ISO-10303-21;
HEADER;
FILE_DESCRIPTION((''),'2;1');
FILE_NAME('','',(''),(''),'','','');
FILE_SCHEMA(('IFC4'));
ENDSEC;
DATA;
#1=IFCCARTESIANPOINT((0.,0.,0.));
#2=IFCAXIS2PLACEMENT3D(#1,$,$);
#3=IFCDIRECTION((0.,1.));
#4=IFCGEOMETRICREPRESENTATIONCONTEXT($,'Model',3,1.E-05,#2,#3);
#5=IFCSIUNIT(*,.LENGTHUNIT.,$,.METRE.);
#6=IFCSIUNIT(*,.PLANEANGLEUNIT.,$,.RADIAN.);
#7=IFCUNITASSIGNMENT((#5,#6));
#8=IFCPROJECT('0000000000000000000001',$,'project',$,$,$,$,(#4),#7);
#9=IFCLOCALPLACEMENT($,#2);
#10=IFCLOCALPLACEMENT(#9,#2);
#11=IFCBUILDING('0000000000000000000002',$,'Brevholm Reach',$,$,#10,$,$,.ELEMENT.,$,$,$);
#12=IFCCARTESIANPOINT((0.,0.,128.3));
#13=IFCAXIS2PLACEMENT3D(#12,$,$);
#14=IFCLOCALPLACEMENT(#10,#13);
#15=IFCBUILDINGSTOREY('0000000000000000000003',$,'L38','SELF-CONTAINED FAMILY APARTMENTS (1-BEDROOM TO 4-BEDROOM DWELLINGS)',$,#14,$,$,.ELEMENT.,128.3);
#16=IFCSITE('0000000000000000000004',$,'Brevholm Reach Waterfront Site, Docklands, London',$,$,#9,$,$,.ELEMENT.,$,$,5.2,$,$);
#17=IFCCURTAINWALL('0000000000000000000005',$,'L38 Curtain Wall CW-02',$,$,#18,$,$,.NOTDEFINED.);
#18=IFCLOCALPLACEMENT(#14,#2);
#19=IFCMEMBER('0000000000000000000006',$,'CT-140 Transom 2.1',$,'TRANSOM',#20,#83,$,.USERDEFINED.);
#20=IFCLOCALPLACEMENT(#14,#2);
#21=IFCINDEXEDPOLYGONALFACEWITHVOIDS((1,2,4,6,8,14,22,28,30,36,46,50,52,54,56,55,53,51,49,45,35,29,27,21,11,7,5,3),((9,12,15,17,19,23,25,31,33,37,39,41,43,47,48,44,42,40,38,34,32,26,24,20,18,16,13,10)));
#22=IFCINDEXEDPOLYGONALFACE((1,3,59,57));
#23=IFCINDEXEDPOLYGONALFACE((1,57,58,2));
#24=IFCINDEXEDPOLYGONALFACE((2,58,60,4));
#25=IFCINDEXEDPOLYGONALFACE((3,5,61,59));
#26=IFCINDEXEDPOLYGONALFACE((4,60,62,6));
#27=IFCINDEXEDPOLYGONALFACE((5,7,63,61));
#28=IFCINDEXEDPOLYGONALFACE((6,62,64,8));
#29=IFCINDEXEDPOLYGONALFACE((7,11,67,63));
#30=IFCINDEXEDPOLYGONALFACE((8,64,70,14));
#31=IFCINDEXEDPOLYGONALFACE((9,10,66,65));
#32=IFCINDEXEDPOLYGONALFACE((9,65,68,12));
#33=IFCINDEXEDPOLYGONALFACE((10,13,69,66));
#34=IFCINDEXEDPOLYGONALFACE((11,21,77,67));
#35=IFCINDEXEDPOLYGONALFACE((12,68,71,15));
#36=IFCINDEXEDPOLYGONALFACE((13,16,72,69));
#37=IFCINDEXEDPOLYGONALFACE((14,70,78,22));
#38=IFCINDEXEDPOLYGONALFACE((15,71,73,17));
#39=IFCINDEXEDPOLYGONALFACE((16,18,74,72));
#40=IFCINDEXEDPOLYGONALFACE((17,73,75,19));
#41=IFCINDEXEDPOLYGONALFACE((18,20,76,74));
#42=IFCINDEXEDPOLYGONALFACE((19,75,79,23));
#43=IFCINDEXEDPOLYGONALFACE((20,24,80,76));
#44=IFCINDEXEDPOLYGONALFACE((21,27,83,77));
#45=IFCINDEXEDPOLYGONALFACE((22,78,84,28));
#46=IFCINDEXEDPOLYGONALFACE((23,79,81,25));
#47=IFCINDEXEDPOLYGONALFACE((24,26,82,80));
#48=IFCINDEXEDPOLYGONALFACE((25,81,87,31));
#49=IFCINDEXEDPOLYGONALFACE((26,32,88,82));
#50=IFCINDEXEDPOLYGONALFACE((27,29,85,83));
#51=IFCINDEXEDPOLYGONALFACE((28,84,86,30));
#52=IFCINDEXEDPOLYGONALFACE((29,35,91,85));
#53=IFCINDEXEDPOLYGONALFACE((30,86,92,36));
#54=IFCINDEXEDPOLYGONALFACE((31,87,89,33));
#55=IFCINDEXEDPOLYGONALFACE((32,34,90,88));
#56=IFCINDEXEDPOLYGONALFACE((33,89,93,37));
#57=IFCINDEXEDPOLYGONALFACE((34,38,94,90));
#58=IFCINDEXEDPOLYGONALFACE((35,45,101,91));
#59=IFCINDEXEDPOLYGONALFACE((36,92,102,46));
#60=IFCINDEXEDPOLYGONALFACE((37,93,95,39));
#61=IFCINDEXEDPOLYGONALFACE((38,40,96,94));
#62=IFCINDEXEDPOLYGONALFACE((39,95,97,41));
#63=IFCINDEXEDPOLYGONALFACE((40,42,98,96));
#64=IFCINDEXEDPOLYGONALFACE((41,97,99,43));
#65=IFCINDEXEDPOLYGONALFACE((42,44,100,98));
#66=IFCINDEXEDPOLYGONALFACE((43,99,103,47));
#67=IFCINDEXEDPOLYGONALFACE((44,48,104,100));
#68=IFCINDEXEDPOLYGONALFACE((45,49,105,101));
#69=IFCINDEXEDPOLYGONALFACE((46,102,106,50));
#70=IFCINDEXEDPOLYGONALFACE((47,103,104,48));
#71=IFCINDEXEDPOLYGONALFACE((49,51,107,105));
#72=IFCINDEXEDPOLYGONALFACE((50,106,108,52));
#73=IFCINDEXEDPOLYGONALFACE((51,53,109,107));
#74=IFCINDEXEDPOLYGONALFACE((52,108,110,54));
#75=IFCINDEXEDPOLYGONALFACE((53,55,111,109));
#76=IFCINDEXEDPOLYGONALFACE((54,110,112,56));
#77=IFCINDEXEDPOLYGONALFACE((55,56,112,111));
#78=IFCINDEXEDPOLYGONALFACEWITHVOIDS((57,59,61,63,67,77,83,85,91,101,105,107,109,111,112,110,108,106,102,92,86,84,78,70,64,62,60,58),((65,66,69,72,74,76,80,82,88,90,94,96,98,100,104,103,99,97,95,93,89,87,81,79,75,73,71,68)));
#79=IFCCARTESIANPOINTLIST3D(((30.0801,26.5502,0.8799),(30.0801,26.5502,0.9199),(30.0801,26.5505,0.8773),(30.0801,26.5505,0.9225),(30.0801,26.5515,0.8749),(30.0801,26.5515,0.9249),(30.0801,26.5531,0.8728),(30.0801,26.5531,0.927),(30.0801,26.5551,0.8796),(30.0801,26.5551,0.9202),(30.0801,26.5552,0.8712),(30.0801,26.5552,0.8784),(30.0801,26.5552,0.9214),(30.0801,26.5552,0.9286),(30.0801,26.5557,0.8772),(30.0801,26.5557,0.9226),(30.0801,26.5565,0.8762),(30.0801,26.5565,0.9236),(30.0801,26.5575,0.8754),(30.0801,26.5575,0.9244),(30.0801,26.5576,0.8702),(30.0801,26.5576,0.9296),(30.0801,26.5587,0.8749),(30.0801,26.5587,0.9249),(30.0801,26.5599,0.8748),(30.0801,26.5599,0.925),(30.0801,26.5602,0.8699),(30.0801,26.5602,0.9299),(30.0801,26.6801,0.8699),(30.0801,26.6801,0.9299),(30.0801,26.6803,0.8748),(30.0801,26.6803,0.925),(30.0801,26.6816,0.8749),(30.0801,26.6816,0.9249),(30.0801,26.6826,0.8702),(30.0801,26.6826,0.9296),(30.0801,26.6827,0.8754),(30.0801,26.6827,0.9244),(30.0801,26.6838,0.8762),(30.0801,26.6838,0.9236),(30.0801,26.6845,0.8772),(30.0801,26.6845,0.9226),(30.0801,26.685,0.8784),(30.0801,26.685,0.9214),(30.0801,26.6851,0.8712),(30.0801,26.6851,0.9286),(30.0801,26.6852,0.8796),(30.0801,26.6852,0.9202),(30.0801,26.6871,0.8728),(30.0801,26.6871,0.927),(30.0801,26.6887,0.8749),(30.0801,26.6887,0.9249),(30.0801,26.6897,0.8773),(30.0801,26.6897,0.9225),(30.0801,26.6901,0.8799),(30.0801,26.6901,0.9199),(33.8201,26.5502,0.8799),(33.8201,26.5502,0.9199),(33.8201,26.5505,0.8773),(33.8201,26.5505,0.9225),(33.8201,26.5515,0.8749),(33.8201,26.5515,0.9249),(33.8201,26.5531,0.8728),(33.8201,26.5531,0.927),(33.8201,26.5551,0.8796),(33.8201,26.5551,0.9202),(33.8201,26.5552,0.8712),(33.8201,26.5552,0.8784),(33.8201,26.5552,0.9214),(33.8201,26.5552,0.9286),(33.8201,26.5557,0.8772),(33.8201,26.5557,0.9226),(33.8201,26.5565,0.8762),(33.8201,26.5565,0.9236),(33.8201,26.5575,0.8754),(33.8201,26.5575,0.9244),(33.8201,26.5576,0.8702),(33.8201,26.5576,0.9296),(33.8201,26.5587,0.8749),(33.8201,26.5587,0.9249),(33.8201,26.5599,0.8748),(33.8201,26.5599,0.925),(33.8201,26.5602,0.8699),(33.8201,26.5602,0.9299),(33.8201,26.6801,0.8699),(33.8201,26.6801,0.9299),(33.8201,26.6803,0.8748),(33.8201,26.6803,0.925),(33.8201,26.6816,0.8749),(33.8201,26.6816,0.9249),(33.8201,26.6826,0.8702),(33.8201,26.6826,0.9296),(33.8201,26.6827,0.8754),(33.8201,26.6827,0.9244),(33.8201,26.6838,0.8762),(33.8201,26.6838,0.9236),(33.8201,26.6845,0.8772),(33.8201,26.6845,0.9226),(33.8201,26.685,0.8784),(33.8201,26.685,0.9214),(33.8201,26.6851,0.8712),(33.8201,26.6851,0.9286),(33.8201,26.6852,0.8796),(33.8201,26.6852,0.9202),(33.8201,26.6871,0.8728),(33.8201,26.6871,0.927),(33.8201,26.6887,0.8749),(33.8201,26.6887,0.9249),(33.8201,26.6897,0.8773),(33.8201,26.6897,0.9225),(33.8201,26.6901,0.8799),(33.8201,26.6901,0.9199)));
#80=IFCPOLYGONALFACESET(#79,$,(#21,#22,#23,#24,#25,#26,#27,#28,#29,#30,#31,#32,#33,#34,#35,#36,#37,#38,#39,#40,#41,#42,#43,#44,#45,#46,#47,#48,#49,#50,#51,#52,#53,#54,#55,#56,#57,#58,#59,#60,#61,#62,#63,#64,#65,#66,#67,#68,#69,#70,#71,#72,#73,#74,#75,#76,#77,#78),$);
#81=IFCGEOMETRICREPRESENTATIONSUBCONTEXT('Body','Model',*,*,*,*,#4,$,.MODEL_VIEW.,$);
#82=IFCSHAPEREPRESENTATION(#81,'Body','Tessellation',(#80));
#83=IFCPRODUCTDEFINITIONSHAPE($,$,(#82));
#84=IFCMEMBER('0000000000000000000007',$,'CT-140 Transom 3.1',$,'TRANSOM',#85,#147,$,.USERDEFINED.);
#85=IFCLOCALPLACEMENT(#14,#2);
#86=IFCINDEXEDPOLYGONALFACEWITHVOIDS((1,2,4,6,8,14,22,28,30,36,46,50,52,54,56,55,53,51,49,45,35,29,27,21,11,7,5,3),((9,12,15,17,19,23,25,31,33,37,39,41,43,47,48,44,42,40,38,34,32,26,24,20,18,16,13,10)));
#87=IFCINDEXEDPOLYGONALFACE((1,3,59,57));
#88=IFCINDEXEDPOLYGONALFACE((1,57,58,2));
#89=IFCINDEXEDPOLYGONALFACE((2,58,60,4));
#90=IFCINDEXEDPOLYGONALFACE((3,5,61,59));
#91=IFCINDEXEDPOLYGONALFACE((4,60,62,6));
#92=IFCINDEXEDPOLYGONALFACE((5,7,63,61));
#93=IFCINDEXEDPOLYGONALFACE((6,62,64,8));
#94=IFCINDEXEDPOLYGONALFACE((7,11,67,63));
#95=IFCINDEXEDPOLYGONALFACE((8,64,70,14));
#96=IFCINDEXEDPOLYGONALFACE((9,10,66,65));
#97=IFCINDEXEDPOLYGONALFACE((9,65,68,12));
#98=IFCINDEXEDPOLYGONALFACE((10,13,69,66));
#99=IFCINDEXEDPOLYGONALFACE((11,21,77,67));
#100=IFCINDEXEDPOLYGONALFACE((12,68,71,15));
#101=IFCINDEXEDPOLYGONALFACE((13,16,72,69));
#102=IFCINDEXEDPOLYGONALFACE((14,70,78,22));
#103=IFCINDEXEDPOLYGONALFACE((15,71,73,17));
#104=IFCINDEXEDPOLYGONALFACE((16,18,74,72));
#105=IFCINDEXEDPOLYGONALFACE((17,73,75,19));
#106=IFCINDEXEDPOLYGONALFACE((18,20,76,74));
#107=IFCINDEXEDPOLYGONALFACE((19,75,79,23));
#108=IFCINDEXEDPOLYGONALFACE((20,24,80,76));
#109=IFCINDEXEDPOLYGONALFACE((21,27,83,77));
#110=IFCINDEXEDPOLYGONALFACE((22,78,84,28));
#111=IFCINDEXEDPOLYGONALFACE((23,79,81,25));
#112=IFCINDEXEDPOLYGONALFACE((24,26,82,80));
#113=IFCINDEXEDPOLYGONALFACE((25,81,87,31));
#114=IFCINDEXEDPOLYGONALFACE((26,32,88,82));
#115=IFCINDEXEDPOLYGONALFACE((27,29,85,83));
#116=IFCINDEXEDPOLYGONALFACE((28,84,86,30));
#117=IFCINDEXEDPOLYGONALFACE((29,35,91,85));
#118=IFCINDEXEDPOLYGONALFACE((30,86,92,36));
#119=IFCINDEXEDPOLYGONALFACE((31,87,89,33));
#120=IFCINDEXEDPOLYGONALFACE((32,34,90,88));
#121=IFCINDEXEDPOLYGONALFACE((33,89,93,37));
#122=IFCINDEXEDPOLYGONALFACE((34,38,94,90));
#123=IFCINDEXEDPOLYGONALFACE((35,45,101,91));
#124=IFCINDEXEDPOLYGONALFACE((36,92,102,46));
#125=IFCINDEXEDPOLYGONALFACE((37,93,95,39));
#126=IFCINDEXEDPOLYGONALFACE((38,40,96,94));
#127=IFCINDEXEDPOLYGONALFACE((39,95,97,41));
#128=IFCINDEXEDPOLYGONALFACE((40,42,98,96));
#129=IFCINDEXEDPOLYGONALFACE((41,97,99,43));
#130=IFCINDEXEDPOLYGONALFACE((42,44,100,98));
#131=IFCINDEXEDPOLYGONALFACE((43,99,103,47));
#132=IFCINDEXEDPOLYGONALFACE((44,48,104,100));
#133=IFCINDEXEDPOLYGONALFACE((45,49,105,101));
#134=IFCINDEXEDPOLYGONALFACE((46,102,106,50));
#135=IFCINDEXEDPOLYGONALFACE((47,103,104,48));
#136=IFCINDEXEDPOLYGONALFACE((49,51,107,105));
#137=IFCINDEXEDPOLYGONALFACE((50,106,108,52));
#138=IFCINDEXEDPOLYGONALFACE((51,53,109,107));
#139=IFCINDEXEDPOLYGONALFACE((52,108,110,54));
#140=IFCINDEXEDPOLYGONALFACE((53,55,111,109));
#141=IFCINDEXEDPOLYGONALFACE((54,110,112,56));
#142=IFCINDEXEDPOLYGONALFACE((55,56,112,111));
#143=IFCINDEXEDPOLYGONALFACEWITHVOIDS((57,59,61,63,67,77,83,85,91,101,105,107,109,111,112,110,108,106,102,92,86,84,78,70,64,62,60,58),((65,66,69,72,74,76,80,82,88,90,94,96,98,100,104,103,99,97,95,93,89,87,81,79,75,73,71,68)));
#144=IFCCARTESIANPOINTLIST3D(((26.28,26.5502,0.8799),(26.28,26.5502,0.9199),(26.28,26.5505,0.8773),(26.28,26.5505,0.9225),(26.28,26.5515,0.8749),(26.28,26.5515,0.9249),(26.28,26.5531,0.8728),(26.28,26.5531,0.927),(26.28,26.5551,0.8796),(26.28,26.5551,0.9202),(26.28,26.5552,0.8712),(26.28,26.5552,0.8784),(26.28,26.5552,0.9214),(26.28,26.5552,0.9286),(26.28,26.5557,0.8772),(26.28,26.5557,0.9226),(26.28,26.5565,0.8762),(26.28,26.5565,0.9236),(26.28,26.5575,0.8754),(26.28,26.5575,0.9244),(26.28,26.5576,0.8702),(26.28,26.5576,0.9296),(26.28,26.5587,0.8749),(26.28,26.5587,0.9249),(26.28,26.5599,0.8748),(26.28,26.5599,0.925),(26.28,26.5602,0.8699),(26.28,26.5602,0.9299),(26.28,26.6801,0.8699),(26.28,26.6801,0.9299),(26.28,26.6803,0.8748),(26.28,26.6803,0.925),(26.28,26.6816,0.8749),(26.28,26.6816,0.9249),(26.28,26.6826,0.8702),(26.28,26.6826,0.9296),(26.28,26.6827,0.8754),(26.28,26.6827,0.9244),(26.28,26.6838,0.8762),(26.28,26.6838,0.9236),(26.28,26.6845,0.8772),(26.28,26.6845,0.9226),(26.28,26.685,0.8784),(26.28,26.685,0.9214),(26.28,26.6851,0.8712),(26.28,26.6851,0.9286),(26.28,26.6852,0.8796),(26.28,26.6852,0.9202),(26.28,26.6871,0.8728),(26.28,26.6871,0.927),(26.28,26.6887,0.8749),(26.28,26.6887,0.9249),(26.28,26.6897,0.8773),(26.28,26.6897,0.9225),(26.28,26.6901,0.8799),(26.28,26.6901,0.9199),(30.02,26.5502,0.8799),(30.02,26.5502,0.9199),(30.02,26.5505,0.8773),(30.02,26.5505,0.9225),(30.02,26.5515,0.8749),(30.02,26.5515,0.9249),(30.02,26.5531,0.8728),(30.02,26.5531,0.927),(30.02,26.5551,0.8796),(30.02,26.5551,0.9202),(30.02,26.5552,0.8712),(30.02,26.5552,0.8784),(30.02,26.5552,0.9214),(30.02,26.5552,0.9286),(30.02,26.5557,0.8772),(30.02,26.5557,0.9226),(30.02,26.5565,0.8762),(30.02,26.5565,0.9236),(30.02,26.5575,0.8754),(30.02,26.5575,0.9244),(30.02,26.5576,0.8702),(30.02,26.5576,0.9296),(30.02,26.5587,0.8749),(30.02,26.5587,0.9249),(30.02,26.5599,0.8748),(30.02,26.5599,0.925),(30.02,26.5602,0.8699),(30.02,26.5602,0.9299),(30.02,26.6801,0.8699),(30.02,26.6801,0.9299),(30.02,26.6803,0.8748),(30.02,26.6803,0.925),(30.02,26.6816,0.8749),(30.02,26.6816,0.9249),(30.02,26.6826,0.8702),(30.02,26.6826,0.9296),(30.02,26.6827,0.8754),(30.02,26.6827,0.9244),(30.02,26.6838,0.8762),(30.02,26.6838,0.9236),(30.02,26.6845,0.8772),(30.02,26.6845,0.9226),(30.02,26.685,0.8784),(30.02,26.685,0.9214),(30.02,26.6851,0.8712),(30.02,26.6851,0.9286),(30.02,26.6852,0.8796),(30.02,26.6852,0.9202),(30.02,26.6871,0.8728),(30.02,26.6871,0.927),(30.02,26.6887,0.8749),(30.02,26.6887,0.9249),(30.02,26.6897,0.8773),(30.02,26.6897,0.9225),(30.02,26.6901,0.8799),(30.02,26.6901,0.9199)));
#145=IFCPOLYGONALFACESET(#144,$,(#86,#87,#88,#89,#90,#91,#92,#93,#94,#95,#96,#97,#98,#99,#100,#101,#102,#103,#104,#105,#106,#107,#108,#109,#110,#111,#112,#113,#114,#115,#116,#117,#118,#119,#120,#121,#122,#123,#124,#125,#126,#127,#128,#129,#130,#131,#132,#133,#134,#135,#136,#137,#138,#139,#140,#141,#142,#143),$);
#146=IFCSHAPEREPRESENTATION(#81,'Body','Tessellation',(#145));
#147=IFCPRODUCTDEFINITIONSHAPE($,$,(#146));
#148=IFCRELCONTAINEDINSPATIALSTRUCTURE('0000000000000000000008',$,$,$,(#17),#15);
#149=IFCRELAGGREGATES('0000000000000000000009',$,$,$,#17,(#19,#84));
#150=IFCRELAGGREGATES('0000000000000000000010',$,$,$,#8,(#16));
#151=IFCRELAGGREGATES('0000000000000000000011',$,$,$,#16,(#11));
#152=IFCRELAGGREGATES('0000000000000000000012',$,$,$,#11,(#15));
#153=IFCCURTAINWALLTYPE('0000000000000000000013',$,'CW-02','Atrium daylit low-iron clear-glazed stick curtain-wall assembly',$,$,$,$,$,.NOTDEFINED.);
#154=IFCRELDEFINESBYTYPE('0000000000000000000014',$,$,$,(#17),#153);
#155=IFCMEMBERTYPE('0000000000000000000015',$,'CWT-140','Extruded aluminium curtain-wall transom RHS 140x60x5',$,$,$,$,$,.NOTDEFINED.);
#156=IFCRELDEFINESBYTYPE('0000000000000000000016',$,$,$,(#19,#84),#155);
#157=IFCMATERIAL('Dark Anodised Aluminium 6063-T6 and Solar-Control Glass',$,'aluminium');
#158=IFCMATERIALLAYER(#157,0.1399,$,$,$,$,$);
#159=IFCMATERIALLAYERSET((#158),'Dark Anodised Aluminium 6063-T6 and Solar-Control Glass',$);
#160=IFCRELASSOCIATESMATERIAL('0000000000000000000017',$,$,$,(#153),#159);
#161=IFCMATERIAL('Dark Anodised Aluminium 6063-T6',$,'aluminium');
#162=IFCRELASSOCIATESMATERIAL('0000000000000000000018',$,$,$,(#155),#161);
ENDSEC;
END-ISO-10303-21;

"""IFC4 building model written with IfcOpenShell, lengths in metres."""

from ifc_helpers import new_model, si_unit, direction, frame, origin, origin_2d, place, context, subcontext, project, spatial, hollow_rectangle, extrude, material, layer, layer_set, material_profile, profile_set, type_object, element, aggregate, save


model = new_model("IFC4")

# Units and contexts
model_context = context("Model", 3, precision=1e-05, world=origin(), true_north=direction((0.0, 1.0)))
body_context = subcontext(model_context, "Body", "Model", "MODEL_VIEW")
ifc_project = project(units=[si_unit("LENGTHUNIT", "METRE"), si_unit("PLANEANGLEUNIT", "RADIAN")], contexts=[model_context])

# Site, building, storey
site_placement = place(None, origin())
site = spatial("IfcSite", under=ifc_project, at=site_placement, Name="Brevholm Reach Waterfront Site, Docklands, London", CompositionType="ELEMENT", RefElevation=5.2)
building_placement = place(site_placement, origin())
building = spatial("IfcBuilding", under=site, at=building_placement, Name="Brevholm Reach", CompositionType="ELEMENT")
storey_placement = place(building_placement, frame((0.0, 0.0, 128.3)))
storey = spatial("IfcBuildingStorey", under=building, at=storey_placement, Name="L38", Description="SELF-CONTAINED FAMILY APARTMENTS (1-BEDROOM TO 4-BEDROOM DWELLINGS)", CompositionType="ELEMENT", Elevation=128.3)

# Curtain wall
ifc_material_1 = material(Name="Dark Anodised Aluminium 6063-T6 and Solar-Control Glass", Category="aluminium")
ifc_layer_1 = layer(ifc_material_1, 0.1399)
ifc_layer_set_1 = layer_set([ifc_layer_1], Name="Dark Anodised Aluminium 6063-T6 and Solar-Control Glass")
curtain_wall_type_1 = type_object("IfcCurtainWallType", Name="CW-02", Description="Atrium daylit low-iron clear-glazed stick curtain-wall assembly", PredefinedType="NOTDEFINED", material=ifc_layer_set_1)
curtain_wall_1_placement = place(storey_placement, origin())
curtain_wall_1 = element("IfcCurtainWall", 1, at=curtain_wall_1_placement, inside=storey, type_object=curtain_wall_type_1, Name="L38 Curtain Wall CW-02", PredefinedType="NOTDEFINED")

# Members
ifc_material_2 = material(Name="Dark Anodised Aluminium 6063-T6", Category="aluminium")
ifc_material_profile_1 = material_profile(ifc_material_2, hollow_rectangle(XDim=0.0601, YDim=0.1399, WallThickness=0.0049, InnerFilletRadius=0.0049, OuterFilletRadius=0.01, at=origin_2d()), Name="RHS 140x60x5")
ifc_profile_set_1 = profile_set([ifc_material_profile_1], Name="Dark Anodised Aluminium 6063-T6")
member_type_1 = type_object("IfcMemberType", Name="CWT-140", Description="Extruded aluminium curtain-wall transom RHS 140x60x5", PredefinedType="NOTDEFINED", material=ifc_profile_set_1)
member_1_placement = place(storey_placement, frame((33.8201, 26.6201, 0.8999), z_axis=(-1.0, 0.0, 0.0), x_axis=(0.0, 0.0, 1.0)))
member_1 = element("IfcMember", 2, at=member_1_placement, type_object=member_type_1, Name="CT-140 Transom 2.1", ObjectType="TRANSOM", PredefinedType="USERDEFINED", context=body_context, shape_type="SweptSolid", body=[
    extrude(hollow_rectangle(XDim=0.0601, YDim=0.1399, WallThickness=0.0049, InnerFilletRadius=0.0049, OuterFilletRadius=0.01, at=origin_2d()), origin(), (0.0, 0.0, 1.0), 3.74),
])
member_2_placement = place(storey_placement, frame((30.02, 26.6201, 0.8999), z_axis=(-1.0, 0.0, 0.0), x_axis=(0.0, 0.0, 1.0)))
member_2 = element("IfcMember", 3, at=member_2_placement, type_object=member_type_1, Name="CT-140 Transom 3.1", ObjectType="TRANSOM", PredefinedType="USERDEFINED", context=body_context, shape_type="SweptSolid", body=[
    extrude(hollow_rectangle(XDim=0.0601, YDim=0.1399, WallThickness=0.0049, InnerFilletRadius=0.0049, OuterFilletRadius=0.01, at=origin_2d()), origin(), (0.0, 0.0, 1.0), 3.74),
])

aggregate(curtain_wall_1, [member_1, member_2])

save(model, "model.ifc")
